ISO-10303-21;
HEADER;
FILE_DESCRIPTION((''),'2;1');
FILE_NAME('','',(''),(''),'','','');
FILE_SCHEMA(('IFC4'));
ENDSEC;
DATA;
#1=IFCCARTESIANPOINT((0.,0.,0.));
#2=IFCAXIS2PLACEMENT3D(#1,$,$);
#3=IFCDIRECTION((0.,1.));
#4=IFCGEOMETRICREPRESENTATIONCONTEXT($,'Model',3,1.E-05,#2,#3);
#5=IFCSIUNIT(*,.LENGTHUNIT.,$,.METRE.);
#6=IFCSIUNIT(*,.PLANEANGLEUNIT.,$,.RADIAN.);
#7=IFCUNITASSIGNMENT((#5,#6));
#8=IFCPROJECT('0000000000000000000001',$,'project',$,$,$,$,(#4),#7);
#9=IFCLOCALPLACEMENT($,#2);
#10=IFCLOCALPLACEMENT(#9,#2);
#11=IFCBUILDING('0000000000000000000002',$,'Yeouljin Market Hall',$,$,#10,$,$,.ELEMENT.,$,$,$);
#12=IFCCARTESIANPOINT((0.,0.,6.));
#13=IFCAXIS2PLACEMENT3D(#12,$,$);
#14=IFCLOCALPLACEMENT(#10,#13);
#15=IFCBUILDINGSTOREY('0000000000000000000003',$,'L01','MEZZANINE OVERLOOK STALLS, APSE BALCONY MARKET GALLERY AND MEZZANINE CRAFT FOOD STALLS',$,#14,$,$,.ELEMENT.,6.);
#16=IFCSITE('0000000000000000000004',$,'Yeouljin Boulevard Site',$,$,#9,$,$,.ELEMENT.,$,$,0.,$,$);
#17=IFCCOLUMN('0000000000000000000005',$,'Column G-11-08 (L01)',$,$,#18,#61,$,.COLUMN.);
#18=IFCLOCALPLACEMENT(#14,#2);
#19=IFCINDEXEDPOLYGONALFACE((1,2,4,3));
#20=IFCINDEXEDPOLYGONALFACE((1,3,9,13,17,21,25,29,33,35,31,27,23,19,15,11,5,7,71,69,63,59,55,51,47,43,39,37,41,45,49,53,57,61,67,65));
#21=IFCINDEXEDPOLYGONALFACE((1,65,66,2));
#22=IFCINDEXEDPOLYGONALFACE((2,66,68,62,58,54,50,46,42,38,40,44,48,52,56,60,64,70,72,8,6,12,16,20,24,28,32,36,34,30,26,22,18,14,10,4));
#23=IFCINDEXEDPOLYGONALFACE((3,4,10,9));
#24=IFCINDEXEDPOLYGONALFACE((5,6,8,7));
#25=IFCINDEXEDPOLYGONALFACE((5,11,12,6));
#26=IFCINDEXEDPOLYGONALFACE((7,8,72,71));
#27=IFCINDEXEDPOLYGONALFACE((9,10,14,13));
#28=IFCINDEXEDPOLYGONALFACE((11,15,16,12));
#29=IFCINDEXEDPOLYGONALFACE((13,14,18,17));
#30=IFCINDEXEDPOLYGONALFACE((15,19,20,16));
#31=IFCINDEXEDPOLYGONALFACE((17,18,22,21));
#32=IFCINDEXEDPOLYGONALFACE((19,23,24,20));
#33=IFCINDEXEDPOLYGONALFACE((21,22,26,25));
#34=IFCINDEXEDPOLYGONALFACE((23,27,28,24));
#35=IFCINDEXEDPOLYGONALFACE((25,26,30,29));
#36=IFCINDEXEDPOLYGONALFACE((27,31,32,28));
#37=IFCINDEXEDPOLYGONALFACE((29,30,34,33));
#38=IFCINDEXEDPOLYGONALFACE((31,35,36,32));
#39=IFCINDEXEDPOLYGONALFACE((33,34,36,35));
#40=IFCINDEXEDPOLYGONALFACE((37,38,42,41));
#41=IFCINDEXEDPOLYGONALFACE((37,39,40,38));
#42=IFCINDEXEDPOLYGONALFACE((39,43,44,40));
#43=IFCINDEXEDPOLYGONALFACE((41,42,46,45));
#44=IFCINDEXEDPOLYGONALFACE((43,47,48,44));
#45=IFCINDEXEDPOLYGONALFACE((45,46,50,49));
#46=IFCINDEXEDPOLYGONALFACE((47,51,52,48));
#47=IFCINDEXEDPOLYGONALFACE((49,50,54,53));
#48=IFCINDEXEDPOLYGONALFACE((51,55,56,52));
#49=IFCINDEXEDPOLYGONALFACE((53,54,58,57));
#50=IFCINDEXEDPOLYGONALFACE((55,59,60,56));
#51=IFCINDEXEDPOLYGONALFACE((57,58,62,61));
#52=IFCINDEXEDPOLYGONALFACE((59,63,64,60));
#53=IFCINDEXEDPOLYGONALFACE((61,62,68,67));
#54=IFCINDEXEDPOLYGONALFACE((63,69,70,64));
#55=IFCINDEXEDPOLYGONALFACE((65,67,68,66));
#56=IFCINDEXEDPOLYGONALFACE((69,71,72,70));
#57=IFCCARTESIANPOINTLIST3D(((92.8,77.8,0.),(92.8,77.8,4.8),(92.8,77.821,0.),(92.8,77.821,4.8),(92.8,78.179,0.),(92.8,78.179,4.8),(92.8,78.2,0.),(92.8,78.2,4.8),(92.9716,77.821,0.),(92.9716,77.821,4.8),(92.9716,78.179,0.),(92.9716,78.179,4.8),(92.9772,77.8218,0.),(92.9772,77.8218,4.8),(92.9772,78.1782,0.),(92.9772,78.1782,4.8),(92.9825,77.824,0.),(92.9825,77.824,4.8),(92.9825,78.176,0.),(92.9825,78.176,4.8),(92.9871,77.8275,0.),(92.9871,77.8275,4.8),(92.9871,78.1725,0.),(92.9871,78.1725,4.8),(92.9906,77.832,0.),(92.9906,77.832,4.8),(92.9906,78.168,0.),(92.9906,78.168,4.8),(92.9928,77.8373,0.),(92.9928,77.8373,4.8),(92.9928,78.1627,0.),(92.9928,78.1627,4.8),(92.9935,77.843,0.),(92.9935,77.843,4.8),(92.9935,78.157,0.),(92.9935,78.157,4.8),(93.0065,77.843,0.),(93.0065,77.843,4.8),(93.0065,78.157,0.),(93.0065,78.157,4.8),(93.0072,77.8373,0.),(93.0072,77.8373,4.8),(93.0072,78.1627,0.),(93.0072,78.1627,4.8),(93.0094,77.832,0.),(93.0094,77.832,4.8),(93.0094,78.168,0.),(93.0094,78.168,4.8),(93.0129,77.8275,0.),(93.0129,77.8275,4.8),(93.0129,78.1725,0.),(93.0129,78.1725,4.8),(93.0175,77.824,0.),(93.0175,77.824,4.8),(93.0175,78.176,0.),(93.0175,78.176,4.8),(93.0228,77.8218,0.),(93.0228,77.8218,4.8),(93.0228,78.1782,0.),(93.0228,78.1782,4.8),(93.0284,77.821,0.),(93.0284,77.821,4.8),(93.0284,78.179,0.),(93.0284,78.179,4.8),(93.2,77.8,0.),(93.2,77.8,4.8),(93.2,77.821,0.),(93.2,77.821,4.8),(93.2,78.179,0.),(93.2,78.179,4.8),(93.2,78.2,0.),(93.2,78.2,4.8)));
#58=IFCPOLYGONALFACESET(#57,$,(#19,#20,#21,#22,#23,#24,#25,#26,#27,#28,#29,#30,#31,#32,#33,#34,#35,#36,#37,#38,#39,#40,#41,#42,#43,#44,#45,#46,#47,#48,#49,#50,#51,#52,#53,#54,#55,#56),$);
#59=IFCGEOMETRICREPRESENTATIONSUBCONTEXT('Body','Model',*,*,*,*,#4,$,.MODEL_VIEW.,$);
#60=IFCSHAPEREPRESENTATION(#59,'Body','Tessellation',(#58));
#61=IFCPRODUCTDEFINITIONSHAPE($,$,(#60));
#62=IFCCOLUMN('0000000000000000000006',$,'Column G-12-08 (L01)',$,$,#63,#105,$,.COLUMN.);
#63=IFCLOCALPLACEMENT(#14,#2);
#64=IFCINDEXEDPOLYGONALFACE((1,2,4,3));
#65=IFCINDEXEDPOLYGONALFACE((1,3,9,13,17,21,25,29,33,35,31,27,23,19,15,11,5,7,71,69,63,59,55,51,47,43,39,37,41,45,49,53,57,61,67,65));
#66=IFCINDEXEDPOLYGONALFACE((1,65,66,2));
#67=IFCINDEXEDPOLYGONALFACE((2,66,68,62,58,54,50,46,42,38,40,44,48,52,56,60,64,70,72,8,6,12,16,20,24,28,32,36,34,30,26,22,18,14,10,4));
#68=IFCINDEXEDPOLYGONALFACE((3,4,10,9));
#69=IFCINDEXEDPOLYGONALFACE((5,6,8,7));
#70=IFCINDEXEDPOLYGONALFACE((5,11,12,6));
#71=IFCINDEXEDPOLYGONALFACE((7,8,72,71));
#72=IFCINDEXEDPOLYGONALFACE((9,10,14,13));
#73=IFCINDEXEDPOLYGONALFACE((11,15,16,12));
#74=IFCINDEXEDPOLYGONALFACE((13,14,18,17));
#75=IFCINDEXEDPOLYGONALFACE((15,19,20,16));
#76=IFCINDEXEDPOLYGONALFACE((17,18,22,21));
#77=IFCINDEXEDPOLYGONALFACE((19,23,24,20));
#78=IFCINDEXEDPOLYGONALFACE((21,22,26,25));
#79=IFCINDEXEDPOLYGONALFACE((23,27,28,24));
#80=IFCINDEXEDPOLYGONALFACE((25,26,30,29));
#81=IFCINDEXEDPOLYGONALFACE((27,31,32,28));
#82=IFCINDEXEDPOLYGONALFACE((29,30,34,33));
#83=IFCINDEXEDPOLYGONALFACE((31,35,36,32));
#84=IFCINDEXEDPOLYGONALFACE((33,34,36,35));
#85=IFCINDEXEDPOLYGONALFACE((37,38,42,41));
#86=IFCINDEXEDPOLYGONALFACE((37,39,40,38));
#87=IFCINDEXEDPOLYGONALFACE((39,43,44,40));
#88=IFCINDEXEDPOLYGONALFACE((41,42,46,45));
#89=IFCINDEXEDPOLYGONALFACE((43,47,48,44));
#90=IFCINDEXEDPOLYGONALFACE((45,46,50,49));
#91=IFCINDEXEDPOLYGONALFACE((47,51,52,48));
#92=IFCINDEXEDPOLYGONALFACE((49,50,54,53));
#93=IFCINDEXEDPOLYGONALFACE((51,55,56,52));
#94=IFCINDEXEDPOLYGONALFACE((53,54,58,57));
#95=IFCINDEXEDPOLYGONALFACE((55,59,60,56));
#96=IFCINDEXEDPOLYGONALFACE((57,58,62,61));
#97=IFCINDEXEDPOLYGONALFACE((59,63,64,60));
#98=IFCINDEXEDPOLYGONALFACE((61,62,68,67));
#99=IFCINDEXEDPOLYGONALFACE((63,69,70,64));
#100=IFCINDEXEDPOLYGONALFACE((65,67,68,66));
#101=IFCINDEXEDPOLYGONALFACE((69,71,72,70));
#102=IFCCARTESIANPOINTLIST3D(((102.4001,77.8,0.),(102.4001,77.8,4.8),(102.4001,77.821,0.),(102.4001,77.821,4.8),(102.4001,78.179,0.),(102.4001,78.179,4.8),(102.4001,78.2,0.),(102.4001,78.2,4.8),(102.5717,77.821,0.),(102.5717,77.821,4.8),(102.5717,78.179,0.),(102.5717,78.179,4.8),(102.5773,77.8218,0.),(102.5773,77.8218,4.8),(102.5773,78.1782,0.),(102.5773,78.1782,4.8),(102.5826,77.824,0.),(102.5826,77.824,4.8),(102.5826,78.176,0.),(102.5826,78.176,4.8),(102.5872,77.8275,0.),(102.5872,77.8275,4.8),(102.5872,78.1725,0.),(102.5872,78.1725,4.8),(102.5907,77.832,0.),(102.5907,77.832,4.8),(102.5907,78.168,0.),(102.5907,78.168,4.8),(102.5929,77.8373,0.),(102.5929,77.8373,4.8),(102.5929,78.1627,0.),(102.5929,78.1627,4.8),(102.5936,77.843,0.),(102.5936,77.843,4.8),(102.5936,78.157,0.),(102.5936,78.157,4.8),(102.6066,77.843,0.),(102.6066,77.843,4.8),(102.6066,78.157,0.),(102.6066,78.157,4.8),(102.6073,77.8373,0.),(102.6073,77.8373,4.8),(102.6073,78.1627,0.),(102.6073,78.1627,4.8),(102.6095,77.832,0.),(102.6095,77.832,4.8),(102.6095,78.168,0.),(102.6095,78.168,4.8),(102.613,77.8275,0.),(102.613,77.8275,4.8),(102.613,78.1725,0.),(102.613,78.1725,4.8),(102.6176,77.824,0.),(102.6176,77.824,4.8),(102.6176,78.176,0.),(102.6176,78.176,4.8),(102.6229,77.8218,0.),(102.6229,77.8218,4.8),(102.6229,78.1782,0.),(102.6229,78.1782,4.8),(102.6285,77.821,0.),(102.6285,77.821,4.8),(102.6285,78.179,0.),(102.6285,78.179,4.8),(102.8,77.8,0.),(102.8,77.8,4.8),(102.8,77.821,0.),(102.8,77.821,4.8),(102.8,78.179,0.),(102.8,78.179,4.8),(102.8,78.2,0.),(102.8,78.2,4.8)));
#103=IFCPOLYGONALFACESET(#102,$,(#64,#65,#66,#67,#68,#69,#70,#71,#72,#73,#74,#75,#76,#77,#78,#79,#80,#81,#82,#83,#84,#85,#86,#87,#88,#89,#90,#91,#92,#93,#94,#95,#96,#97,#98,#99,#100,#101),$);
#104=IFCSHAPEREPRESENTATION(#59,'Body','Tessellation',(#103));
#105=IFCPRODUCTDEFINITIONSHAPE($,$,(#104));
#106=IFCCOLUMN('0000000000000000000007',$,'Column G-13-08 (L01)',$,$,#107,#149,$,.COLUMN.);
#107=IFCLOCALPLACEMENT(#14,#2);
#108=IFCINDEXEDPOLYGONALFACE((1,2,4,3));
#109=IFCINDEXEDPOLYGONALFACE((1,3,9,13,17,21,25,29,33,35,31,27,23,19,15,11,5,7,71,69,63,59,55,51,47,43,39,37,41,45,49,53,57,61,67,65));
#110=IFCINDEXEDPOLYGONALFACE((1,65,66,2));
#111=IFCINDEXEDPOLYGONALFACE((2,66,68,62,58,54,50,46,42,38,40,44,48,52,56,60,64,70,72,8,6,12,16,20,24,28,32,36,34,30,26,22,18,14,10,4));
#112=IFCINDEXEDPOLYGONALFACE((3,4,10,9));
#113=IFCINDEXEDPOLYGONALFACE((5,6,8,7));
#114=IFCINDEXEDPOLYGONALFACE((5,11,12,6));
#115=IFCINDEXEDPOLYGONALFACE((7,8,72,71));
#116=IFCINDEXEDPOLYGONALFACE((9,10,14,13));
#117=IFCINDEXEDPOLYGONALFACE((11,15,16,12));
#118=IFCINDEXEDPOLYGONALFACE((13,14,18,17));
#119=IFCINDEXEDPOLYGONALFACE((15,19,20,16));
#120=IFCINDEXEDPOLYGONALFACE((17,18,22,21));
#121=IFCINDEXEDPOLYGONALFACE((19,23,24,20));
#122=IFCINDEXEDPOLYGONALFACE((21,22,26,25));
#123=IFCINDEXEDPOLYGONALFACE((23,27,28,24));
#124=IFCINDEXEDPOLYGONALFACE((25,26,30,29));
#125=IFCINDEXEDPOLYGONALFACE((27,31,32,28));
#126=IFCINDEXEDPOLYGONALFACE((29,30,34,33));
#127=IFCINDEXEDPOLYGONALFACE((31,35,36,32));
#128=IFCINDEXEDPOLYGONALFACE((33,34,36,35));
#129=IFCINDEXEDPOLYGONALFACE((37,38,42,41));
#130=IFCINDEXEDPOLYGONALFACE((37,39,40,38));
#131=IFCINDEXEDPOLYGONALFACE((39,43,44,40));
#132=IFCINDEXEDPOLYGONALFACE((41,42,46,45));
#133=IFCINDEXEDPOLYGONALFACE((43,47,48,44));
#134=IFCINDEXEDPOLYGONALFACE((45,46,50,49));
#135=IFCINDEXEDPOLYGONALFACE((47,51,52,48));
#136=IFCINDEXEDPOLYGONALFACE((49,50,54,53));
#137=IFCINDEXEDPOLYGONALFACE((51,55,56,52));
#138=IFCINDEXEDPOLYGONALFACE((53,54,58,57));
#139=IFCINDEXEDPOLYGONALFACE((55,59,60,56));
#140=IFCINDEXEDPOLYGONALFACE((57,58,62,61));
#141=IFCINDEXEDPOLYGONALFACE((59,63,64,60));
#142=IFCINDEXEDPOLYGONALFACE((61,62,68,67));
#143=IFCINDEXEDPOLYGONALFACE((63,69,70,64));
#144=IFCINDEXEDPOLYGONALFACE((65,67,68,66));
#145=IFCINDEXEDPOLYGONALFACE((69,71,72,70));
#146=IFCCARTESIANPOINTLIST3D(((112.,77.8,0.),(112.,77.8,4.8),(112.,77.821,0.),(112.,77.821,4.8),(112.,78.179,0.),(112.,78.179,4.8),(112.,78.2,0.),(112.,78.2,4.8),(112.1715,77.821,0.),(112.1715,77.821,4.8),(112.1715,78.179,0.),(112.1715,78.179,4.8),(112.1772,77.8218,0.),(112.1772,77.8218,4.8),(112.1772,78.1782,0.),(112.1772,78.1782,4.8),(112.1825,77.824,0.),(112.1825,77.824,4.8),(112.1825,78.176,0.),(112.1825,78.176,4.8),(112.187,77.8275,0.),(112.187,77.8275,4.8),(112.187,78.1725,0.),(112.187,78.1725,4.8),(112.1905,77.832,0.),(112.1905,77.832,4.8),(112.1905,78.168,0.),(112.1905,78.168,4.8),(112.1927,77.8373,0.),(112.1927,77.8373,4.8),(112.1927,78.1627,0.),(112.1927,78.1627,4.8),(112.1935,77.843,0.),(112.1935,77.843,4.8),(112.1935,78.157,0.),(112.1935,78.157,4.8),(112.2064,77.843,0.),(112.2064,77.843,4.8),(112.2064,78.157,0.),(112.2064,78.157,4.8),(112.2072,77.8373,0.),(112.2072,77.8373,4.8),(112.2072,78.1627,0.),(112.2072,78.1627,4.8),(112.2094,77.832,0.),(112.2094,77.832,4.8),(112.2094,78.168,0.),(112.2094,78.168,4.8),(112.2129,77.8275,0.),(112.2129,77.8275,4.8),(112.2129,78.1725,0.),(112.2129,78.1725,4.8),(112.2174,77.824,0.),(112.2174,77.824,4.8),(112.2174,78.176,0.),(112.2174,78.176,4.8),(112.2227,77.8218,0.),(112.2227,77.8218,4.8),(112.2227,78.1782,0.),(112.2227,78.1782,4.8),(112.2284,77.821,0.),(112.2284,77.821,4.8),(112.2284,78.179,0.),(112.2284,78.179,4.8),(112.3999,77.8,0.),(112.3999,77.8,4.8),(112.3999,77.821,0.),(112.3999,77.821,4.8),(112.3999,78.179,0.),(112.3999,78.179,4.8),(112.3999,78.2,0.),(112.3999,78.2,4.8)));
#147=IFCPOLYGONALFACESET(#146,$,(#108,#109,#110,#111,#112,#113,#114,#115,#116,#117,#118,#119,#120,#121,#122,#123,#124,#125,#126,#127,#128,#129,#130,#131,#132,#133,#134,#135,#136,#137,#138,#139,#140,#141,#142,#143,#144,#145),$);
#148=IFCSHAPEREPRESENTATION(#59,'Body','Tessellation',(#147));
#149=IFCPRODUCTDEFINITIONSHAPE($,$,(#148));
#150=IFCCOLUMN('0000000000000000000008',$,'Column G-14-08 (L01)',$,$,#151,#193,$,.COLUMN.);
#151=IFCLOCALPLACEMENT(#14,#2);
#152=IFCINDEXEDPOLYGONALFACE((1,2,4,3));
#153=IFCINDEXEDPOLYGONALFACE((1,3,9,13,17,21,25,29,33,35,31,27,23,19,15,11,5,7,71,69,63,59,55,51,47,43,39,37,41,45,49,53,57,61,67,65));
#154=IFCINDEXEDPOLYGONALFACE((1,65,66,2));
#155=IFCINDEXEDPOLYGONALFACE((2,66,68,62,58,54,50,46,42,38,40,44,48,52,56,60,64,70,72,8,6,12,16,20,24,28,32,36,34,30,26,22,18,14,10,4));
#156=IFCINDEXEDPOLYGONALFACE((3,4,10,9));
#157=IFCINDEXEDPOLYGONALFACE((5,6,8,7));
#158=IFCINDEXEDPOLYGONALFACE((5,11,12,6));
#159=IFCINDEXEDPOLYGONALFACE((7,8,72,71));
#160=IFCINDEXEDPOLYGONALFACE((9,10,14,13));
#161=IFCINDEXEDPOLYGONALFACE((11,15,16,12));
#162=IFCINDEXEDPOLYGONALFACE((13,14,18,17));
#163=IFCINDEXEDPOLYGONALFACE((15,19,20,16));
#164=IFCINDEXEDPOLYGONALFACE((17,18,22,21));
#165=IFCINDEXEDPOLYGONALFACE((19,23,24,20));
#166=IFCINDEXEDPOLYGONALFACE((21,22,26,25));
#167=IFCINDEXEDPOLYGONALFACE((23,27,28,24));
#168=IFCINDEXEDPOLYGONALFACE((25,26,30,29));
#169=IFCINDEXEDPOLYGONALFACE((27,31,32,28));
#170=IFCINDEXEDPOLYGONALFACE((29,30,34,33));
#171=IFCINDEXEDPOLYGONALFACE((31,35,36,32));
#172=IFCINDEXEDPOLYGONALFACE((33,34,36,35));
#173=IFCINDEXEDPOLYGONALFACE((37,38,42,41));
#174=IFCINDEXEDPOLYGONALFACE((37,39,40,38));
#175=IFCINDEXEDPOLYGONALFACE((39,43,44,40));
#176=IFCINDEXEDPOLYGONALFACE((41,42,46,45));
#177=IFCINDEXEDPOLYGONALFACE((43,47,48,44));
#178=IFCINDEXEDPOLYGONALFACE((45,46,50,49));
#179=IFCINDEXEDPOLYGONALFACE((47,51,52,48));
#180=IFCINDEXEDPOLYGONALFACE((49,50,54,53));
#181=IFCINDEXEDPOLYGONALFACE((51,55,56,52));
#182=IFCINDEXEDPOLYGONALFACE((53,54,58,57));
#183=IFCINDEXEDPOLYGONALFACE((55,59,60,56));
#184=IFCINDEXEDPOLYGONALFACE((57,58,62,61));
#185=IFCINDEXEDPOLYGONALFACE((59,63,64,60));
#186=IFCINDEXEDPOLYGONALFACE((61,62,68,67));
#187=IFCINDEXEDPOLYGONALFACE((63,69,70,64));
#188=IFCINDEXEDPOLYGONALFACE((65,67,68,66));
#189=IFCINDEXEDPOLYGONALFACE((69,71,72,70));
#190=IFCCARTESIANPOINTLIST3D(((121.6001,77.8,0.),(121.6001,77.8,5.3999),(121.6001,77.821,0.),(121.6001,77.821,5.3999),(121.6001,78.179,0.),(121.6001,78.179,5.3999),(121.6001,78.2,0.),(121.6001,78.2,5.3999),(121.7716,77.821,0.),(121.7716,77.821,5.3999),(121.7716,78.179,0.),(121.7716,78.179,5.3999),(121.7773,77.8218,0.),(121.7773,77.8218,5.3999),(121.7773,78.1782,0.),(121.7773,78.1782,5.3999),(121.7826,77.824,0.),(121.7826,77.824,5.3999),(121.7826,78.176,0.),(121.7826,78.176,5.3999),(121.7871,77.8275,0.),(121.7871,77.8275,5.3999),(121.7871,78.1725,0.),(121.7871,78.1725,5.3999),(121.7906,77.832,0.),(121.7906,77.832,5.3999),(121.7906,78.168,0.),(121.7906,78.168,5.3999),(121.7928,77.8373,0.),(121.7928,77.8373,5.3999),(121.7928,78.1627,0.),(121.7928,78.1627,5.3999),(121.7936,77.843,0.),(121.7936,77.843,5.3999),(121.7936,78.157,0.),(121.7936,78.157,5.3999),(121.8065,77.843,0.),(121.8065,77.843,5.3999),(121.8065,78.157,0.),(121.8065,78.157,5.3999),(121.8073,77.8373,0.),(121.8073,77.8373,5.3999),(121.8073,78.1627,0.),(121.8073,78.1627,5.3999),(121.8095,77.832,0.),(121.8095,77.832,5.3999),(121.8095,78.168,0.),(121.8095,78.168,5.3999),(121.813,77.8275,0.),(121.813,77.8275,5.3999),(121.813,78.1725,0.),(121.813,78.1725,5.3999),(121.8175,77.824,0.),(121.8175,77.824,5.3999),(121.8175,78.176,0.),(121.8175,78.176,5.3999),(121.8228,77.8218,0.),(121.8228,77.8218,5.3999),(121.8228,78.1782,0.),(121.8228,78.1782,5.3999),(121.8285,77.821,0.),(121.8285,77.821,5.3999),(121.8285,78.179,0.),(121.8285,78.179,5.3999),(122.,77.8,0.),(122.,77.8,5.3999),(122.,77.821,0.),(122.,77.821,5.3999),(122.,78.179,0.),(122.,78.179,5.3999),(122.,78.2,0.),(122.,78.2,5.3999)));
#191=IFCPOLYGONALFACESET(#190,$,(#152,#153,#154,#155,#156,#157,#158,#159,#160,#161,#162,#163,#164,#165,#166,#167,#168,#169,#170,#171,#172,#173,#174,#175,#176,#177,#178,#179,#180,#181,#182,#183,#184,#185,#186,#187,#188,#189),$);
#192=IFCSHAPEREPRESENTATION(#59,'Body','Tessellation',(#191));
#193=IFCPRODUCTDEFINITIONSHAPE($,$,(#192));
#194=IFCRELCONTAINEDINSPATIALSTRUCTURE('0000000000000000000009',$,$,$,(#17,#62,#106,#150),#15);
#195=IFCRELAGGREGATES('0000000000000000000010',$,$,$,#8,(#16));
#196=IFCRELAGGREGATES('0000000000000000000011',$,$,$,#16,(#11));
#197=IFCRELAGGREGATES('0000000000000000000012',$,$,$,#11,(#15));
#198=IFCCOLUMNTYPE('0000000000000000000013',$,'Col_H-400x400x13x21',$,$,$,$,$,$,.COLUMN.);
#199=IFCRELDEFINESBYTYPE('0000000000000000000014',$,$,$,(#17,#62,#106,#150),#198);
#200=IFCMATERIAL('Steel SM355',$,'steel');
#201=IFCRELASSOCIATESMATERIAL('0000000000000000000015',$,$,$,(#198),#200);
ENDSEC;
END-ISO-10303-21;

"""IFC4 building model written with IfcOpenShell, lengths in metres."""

from ifc_helpers import new_model, si_unit, direction, frame, origin, origin_2d, place, context, subcontext, project, spatial, i_section, extrude, material, material_profile, profile_set, type_object, element, save


model = new_model("IFC4")

# Units and contexts
model_context = context("Model", 3, precision=1e-05, world=origin(), true_north=direction((0.0, 1.0)))
body_context = subcontext(model_context, "Body", "Model", "MODEL_VIEW")
ifc_project = project(units=[si_unit("LENGTHUNIT", "METRE"), si_unit("PLANEANGLEUNIT", "RADIAN")], contexts=[model_context])

# Site, building, storey
site_placement = place(None, origin())
site = spatial("IfcSite", under=ifc_project, at=site_placement, Name="Yeouljin Boulevard Site", CompositionType="ELEMENT", RefElevation=0.0)
building_placement = place(site_placement, origin())
building = spatial("IfcBuilding", under=site, at=building_placement, Name="Yeouljin Market Hall", CompositionType="ELEMENT")
storey_placement = place(building_placement, frame((0.0, 0.0, 6.0)))
storey = spatial("IfcBuildingStorey", under=building, at=storey_placement, Name="L01", Description="MEZZANINE OVERLOOK STALLS, APSE BALCONY MARKET GALLERY AND MEZZANINE CRAFT FOOD STALLS", CompositionType="ELEMENT", Elevation=6.0)

# Columns
ifc_material_1 = material(Name="Steel SM355", Category="steel")
ifc_material_profile_1 = material_profile(ifc_material_1, i_section(OverallWidth=0.3999, OverallDepth=0.3999, WebThickness=0.0129, FlangeThickness=0.021, FilletRadius=0.022, at=origin_2d()), Name="H-400x400x13x21")
ifc_profile_set_1 = profile_set([ifc_material_profile_1], Name="Steel SM355")
column_type_1 = type_object("IfcColumnType", Name="Col_H-400x400x13x21", PredefinedType="COLUMN", material=ifc_profile_set_1)
for number, where, z_axis, x_axis, name in (
    (1, (93.0, 78.0, 0.0), (0.0, 0.0, 1.0), (1.0, 0.0, 0.0), "Column G-11-08 (L01)"),
    (2, (102.6001, 78.0, 0.0), (0.0, 0.0, 1.0), (1.0, 0.0, 0.0), "Column G-12-08 (L01)"),
    (3, (112.2, 78.0, 0.0), (0.0, 0.0, 1.0), (1.0, 0.0, 0.0), "Column G-13-08 (L01)"),
):
    element("IfcColumn", number, at=place(storey_placement, frame(where, z_axis=z_axis, x_axis=x_axis)), inside=storey, type_object=column_type_1, Name=name, PredefinedType="COLUMN", context=body_context, shape_type="SweptSolid", body=[
        extrude(i_section(OverallWidth=0.3999, OverallDepth=0.3999, WebThickness=0.0129, FlangeThickness=0.021, FilletRadius=0.022, at=origin_2d()), origin(), (0.0, 0.0, 1.0), 4.8),
    ])
column_placement = place(storey_placement, frame((121.8, 78.0, 0.0), z_axis=(0.0, 0.0, 1.0), x_axis=(1.0, 0.0, 0.0)))
element("IfcColumn", 4, at=column_placement, inside=storey, type_object=column_type_1, Name="Column G-14-08 (L01)", PredefinedType="COLUMN", context=body_context, shape_type="SweptSolid", body=[
    extrude(i_section(OverallWidth=0.3999, OverallDepth=0.3999, WebThickness=0.0129, FlangeThickness=0.021, FilletRadius=0.022, at=origin_2d()), origin(), (0.0, 0.0, 1.0), 5.3999),
])

save(model, "model.ifc")
